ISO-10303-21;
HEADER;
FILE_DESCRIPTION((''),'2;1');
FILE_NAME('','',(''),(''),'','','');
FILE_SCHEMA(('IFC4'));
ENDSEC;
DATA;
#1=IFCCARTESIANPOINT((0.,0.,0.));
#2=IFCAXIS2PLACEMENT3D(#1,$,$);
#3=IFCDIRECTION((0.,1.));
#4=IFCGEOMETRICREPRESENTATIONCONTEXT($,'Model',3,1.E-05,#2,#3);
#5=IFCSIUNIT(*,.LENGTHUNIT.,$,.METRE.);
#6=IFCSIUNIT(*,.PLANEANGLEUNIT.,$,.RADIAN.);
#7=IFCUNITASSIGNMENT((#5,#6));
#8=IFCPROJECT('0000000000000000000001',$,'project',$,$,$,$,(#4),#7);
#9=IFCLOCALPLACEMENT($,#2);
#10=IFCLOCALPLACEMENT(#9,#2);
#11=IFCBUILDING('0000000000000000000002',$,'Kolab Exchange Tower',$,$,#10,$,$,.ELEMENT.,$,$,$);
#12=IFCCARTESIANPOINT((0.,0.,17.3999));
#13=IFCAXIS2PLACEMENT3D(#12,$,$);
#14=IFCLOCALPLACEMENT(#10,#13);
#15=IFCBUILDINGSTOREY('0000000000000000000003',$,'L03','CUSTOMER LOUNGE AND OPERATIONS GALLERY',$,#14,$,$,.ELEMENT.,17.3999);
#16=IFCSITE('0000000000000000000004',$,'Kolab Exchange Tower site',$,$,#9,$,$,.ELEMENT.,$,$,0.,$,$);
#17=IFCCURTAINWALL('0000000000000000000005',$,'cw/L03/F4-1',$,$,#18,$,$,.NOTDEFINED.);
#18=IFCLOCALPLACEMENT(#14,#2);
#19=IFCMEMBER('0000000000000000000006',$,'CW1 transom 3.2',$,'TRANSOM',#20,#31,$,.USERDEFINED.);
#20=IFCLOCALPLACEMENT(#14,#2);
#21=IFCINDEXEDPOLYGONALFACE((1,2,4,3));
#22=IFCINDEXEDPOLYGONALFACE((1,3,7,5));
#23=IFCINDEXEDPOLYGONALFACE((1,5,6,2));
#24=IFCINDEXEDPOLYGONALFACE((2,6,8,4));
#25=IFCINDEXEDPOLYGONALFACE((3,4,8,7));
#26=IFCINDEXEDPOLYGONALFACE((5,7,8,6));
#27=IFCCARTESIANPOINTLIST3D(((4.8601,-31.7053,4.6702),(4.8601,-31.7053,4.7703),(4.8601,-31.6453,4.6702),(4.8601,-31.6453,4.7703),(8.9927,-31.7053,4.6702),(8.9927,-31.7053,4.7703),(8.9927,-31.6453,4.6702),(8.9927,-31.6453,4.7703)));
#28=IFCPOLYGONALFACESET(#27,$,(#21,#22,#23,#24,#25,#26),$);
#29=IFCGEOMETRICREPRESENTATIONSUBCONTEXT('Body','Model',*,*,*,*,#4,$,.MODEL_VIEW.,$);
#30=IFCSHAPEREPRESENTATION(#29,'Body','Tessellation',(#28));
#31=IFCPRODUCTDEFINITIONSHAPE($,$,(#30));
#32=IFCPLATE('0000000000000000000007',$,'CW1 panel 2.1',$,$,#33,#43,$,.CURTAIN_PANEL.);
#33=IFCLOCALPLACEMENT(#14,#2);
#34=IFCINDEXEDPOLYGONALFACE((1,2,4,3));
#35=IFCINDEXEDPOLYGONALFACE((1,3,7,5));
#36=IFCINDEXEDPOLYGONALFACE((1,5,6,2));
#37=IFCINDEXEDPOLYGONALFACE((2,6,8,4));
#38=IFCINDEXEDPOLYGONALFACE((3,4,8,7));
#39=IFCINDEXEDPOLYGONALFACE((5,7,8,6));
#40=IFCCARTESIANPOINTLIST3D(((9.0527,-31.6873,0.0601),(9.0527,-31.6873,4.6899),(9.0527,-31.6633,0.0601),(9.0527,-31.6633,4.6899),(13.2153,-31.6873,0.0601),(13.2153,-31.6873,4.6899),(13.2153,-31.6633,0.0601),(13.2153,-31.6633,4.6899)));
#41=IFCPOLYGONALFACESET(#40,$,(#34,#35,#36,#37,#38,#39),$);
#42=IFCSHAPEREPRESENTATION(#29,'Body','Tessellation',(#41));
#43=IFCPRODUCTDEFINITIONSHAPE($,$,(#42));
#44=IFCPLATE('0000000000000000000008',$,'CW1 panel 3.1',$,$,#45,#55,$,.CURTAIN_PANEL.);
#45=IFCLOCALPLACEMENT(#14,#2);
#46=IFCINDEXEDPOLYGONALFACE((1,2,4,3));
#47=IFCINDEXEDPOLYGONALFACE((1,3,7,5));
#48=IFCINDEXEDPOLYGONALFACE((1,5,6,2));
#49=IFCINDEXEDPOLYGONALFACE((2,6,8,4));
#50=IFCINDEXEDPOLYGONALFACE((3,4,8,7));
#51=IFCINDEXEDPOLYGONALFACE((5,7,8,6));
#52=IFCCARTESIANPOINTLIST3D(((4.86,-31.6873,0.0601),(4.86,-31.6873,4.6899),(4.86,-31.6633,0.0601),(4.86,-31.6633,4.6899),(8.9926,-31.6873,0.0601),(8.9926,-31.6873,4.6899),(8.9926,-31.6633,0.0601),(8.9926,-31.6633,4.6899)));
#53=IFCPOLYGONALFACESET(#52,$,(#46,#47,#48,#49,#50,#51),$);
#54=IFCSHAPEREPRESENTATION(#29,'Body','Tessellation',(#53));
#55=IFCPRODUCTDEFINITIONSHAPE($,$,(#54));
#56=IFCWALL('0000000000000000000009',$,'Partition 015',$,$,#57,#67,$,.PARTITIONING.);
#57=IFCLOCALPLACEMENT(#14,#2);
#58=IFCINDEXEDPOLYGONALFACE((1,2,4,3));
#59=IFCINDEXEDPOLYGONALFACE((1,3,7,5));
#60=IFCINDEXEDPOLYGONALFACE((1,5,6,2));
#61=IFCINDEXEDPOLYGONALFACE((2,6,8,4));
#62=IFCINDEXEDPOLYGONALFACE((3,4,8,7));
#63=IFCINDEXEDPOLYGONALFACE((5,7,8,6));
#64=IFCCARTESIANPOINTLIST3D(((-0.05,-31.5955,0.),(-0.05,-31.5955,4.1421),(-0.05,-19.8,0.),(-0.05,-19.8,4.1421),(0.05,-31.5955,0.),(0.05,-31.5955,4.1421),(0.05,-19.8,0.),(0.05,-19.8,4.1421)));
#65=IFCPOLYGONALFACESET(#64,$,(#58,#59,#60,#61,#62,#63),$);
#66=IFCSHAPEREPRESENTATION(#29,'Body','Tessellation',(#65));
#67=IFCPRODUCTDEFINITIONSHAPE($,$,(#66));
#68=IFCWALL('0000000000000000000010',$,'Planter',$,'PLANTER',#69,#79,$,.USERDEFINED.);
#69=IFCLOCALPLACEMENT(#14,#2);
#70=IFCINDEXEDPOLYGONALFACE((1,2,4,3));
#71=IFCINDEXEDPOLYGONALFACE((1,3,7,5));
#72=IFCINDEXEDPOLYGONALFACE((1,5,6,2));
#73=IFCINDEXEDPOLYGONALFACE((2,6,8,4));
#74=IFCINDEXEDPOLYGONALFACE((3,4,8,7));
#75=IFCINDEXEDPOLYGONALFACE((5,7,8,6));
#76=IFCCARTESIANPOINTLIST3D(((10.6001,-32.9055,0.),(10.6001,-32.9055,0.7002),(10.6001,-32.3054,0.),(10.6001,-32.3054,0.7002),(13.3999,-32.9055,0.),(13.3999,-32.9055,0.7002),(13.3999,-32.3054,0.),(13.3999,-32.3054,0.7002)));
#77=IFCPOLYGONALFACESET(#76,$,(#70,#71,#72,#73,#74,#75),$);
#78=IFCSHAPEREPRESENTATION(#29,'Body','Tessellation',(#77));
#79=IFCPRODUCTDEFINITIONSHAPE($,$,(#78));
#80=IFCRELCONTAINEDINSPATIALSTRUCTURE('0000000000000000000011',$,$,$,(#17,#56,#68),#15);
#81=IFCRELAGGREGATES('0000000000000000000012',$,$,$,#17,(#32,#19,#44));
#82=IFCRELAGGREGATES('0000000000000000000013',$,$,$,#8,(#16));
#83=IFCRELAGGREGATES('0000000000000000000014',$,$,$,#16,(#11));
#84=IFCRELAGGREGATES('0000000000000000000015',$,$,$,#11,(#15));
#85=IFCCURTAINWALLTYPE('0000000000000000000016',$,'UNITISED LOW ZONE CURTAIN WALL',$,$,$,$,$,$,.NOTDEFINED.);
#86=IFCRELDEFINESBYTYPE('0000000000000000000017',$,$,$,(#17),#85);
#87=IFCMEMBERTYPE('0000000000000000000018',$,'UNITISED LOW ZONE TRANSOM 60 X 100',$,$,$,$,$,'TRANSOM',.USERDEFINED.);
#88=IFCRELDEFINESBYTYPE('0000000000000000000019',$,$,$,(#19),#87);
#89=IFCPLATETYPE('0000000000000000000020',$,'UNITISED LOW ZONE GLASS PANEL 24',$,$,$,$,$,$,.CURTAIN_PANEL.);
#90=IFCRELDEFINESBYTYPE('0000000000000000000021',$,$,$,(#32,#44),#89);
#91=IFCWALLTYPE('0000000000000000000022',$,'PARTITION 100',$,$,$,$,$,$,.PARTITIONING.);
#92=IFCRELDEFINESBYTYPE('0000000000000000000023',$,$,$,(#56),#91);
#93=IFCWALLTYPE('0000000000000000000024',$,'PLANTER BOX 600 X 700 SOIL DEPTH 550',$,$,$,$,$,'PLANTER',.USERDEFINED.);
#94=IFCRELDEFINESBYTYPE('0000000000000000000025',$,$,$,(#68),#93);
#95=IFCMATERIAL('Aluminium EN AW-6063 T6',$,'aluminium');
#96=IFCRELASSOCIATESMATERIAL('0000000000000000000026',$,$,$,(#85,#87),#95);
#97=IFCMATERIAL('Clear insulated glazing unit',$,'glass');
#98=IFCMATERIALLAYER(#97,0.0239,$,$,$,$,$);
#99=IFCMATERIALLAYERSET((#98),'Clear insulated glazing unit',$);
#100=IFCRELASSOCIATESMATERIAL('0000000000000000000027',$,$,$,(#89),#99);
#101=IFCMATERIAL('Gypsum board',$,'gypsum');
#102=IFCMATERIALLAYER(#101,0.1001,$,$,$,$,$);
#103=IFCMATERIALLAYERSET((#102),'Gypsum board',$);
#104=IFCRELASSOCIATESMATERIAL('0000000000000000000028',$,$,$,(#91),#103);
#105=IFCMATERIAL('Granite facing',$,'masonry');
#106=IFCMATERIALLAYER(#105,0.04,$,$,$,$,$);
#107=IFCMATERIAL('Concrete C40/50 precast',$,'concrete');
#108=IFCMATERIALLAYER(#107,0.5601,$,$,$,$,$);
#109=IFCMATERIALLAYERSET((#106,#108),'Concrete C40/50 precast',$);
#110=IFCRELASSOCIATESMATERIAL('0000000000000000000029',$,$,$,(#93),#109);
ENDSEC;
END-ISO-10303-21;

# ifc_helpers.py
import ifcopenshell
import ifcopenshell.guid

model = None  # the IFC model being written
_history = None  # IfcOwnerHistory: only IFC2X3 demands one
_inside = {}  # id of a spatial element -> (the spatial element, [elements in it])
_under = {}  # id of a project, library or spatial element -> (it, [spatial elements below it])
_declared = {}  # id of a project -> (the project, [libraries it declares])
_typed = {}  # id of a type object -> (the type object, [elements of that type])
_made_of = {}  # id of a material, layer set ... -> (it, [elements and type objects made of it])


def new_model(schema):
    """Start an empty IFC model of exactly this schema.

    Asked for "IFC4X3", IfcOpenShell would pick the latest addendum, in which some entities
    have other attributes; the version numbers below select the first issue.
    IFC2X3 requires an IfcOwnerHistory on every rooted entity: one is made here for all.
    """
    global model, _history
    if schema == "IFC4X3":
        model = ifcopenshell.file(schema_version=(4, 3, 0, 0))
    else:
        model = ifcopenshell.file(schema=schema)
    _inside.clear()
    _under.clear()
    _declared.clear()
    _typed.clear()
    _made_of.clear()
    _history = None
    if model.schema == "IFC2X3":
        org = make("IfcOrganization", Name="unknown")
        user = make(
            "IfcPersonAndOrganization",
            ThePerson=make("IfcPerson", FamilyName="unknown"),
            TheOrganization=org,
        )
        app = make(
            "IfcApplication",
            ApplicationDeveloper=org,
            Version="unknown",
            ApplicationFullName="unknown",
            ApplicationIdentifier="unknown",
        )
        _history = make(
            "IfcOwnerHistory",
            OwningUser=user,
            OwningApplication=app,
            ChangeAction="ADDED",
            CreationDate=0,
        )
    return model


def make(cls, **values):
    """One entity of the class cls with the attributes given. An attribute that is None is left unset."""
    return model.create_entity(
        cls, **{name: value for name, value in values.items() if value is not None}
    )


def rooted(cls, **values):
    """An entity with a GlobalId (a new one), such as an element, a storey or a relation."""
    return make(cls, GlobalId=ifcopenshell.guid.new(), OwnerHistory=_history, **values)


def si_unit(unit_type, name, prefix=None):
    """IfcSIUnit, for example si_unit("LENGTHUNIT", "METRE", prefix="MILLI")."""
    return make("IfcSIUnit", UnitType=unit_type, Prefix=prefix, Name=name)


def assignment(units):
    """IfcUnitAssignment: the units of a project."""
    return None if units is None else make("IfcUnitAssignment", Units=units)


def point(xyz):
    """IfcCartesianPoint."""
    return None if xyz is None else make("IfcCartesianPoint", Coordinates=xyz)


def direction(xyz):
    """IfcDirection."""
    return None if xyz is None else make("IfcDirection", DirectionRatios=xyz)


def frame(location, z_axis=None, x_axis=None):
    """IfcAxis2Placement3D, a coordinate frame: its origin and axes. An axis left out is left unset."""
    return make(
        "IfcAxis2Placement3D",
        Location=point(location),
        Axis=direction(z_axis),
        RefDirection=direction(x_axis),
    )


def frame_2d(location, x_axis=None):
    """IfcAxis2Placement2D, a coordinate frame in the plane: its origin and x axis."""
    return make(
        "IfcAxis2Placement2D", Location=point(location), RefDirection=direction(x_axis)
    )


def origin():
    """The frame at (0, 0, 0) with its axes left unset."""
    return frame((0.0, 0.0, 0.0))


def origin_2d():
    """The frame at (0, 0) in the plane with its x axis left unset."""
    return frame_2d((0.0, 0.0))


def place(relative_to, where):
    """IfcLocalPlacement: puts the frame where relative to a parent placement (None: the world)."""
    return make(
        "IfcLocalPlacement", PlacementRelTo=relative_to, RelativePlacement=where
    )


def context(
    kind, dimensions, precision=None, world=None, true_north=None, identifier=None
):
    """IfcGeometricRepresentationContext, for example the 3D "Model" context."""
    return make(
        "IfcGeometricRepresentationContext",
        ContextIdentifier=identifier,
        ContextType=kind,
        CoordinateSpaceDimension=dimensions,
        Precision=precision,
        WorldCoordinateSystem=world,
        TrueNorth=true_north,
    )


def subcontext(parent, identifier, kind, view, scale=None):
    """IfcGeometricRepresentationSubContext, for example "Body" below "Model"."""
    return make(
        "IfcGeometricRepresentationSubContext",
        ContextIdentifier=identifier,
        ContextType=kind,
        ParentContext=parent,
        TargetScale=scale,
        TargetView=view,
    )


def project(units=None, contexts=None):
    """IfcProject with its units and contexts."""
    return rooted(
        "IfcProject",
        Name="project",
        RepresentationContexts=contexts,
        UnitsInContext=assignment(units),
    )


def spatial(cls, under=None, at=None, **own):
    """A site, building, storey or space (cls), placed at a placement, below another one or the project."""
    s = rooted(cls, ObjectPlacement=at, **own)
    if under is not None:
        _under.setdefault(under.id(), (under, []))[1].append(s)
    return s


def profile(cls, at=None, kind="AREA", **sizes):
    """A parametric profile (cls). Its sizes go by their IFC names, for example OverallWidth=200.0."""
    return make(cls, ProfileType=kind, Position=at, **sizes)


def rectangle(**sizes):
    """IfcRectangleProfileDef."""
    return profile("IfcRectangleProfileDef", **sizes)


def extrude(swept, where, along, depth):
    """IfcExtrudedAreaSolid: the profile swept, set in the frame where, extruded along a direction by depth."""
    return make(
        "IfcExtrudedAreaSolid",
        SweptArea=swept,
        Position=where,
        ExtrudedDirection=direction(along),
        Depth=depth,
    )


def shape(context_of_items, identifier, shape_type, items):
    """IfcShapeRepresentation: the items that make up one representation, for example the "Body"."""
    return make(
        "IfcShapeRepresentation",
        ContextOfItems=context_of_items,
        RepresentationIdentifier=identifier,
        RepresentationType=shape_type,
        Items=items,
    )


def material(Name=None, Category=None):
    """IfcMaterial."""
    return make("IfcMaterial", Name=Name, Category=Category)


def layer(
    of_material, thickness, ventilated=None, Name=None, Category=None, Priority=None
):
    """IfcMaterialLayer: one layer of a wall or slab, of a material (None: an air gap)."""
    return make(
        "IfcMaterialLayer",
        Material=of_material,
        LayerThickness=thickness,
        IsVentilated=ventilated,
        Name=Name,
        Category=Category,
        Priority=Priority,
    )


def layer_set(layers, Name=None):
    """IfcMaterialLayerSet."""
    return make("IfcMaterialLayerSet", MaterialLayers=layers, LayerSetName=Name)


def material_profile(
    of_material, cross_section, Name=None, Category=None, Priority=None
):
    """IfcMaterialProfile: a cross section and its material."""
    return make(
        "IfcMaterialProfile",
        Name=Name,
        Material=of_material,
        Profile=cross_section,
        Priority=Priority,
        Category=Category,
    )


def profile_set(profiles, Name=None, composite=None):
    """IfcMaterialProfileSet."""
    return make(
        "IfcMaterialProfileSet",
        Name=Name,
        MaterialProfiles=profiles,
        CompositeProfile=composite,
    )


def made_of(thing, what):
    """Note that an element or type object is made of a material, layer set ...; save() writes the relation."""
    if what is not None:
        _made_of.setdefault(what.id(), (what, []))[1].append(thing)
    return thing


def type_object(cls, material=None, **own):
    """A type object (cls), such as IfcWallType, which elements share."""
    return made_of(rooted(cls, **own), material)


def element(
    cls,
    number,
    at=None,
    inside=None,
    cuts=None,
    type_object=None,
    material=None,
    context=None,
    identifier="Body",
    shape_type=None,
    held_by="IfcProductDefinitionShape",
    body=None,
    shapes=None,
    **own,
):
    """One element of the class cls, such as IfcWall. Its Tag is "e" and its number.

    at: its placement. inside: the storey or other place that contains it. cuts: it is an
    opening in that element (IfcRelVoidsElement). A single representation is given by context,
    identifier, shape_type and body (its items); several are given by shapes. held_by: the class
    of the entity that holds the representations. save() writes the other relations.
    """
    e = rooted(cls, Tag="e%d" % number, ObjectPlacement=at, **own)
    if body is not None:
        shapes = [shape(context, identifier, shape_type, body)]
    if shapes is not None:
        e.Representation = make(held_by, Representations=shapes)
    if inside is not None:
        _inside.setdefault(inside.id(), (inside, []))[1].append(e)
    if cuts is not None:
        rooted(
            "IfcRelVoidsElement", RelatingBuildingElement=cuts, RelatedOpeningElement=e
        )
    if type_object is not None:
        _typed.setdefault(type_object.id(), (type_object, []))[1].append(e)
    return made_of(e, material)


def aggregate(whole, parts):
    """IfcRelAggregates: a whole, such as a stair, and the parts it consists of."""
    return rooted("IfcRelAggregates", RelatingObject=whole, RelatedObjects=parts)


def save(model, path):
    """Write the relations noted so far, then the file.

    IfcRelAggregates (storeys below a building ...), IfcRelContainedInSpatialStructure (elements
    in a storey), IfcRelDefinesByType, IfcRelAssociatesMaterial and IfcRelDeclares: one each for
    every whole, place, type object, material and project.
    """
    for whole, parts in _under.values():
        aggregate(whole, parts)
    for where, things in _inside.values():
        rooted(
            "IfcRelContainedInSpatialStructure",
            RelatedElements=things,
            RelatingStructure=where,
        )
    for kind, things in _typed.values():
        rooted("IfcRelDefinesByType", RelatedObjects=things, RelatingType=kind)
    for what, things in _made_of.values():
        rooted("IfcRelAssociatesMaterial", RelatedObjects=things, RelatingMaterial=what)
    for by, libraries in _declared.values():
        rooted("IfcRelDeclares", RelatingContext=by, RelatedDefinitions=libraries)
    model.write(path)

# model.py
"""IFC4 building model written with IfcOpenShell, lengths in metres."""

from ifc_helpers import new_model, si_unit, direction, frame, frame_2d, origin, origin_2d, place, context, subcontext, project, spatial, rectangle, extrude, material, layer, layer_set, material_profile, profile_set, type_object, element, aggregate, save


model = new_model("IFC4")

# Units and contexts
model_context = context("Model", 3, precision=1e-05, world=origin(), true_north=direction((0.0, 1.0)))
body_context = subcontext(model_context, "Body", "Model", "MODEL_VIEW")
ifc_project = project(units=[si_unit("LENGTHUNIT", "METRE"), si_unit("PLANEANGLEUNIT", "RADIAN")], contexts=[model_context])

# Site, building, storey
site_placement = place(None, origin())
site = spatial("IfcSite", under=ifc_project, at=site_placement, Name="Kolab Exchange Tower site", CompositionType="ELEMENT", RefElevation=0.0)
building_placement = place(site_placement, origin())
building = spatial("IfcBuilding", under=site, at=building_placement, Name="Kolab Exchange Tower", CompositionType="ELEMENT")
storey_placement = place(building_placement, frame((0.0, 0.0, 17.3999)))
storey = spatial("IfcBuildingStorey", under=building, at=storey_placement, Name="L03", Description="CUSTOMER LOUNGE AND OPERATIONS GALLERY", CompositionType="ELEMENT", Elevation=17.3999)

# Curtain wall, member, plates
ifc_material_1 = material(Name="Aluminium EN AW-6063 T6", Category="aluminium")
curtain_wall_type = type_object("IfcCurtainWallType", Name="UNITISED LOW ZONE CURTAIN WALL", PredefinedType="NOTDEFINED", material=ifc_material_1)
curtain_wall_placement = place(storey_placement, origin())
curtain_wall = element("IfcCurtainWall", 1, at=curtain_wall_placement, inside=storey, type_object=curtain_wall_type, Name="cw/L03/F4-1", PredefinedType="NOTDEFINED")
ifc_material_profile_1 = material_profile(ifc_material_1, rectangle(XDim=0.0601, YDim=0.1001, at=origin_2d()), Name="RECT 60X100")
ifc_profile_set_1 = profile_set([ifc_material_profile_1], Name="Aluminium EN AW-6063 T6")
member_type_1 = type_object("IfcMemberType", Name="UNITISED LOW ZONE TRANSOM 60 X 100", ElementType="TRANSOM", PredefinedType="USERDEFINED", material=ifc_profile_set_1)
member_1_placement = place(storey_placement, frame((8.9927, -31.6753, 4.7202), z_axis=(-1.0, 0.0, 0.0), x_axis=(0.0, -1.0, 0.0)))
member_1 = element("IfcMember", 2, at=member_1_placement, type_object=member_type_1, Name="CW1 transom 3.2", ObjectType="TRANSOM", PredefinedType="USERDEFINED", context=body_context, shape_type="SweptSolid", body=[
    extrude(rectangle(XDim=0.0601, YDim=0.1001, at=origin_2d()), origin(), (0.0, 0.0, 1.0), 4.1326),
])
ifc_material_2 = material(Name="Clear insulated glazing unit", Category="glass")
ifc_layer_1 = layer(ifc_material_2, 0.0239)
ifc_layer_set_1 = layer_set([ifc_layer_1], Name="Clear insulated glazing unit")
plate_type = type_object("IfcPlateType", Name="UNITISED LOW ZONE GLASS PANEL 24", PredefinedType="CURTAIN_PANEL", material=ifc_layer_set_1)
plate_1_placement = place(storey_placement, frame((11.134, -31.6753, 0.0601), z_axis=(0.0, 0.0, 1.0), x_axis=(-1.0, 0.0, 0.0)))
plate_1 = element("IfcPlate", 3, at=plate_1_placement, type_object=plate_type, Name="CW1 panel 2.1", PredefinedType="CURTAIN_PANEL", context=body_context, shape_type="SweptSolid", body=[
    extrude(rectangle(XDim=4.1626, YDim=0.0239, at=origin_2d()), origin(), (0.0, 0.0, 1.0), 4.6299),
])
plate_2_placement = place(storey_placement, frame((6.9263, -31.6753, 0.0601), z_axis=(0.0, 0.0, 1.0), x_axis=(-1.0, 0.0, 0.0)))
plate_2 = element("IfcPlate", 4, at=plate_2_placement, type_object=plate_type, Name="CW1 panel 3.1", PredefinedType="CURTAIN_PANEL", context=body_context, shape_type="SweptSolid", body=[
    extrude(rectangle(XDim=4.1326, YDim=0.0239, at=origin_2d()), origin(), (0.0, 0.0, 1.0), 4.6299),
])
aggregate(curtain_wall, [plate_1, member_1, plate_2])

# Walls
ifc_material_3 = material(Name="Gypsum board", Category="gypsum")
ifc_layer_2 = layer(ifc_material_3, 0.1001)
ifc_layer_set_2 = layer_set([ifc_layer_2], Name="Gypsum board")
wall_type_1 = type_object("IfcWallType", Name="PARTITION 100", PredefinedType="PARTITIONING", material=ifc_layer_set_2)
wall_1_placement = place(storey_placement, frame((0.0, -31.5955, 0.0), z_axis=(0.0, 0.0, 1.0), x_axis=(0.0, 1.0, 0.0)))
element("IfcWall", 5, at=wall_1_placement, inside=storey, type_object=wall_type_1, Name="Partition 015", PredefinedType="PARTITIONING", context=body_context, shape_type="SweptSolid", body=[
    extrude(rectangle(XDim=11.7954, YDim=0.1001, at=frame_2d((5.8977, 0.0))), origin(), (0.0, 0.0, 1.0), 4.1421),
])
ifc_material_4 = material(Name="Granite facing", Category="masonry")
ifc_layer_3 = layer(ifc_material_4, 0.04)
ifc_material_5 = material(Name="Concrete C40/50 precast", Category="concrete")
ifc_layer_4 = layer(ifc_material_5, 0.5601)
ifc_layer_set_3 = layer_set([ifc_layer_3, ifc_layer_4], Name="Concrete C40/50 precast")
wall_type_2 = type_object("IfcWallType", Name="PLANTER BOX 600 X 700 SOIL DEPTH 550", ElementType="PLANTER", PredefinedType="USERDEFINED", material=ifc_layer_set_3)
wall_2_placement = place(storey_placement, frame((13.3999, -32.6055, 0.0), z_axis=(0.0, 0.0, 1.0), x_axis=(-1.0, 0.0, 0.0)))
element("IfcWall", 6, at=wall_2_placement, inside=storey, type_object=wall_type_2, Name="Planter", ObjectType="PLANTER", PredefinedType="USERDEFINED", context=body_context, shape_type="SweptSolid", body=[
    extrude(rectangle(XDim=2.7998, YDim=0.6001, at=frame_2d((1.3999, 0.0))), origin(), (0.0, 0.0, 1.0), 0.7002),
])

save(model, "model.ifc")
